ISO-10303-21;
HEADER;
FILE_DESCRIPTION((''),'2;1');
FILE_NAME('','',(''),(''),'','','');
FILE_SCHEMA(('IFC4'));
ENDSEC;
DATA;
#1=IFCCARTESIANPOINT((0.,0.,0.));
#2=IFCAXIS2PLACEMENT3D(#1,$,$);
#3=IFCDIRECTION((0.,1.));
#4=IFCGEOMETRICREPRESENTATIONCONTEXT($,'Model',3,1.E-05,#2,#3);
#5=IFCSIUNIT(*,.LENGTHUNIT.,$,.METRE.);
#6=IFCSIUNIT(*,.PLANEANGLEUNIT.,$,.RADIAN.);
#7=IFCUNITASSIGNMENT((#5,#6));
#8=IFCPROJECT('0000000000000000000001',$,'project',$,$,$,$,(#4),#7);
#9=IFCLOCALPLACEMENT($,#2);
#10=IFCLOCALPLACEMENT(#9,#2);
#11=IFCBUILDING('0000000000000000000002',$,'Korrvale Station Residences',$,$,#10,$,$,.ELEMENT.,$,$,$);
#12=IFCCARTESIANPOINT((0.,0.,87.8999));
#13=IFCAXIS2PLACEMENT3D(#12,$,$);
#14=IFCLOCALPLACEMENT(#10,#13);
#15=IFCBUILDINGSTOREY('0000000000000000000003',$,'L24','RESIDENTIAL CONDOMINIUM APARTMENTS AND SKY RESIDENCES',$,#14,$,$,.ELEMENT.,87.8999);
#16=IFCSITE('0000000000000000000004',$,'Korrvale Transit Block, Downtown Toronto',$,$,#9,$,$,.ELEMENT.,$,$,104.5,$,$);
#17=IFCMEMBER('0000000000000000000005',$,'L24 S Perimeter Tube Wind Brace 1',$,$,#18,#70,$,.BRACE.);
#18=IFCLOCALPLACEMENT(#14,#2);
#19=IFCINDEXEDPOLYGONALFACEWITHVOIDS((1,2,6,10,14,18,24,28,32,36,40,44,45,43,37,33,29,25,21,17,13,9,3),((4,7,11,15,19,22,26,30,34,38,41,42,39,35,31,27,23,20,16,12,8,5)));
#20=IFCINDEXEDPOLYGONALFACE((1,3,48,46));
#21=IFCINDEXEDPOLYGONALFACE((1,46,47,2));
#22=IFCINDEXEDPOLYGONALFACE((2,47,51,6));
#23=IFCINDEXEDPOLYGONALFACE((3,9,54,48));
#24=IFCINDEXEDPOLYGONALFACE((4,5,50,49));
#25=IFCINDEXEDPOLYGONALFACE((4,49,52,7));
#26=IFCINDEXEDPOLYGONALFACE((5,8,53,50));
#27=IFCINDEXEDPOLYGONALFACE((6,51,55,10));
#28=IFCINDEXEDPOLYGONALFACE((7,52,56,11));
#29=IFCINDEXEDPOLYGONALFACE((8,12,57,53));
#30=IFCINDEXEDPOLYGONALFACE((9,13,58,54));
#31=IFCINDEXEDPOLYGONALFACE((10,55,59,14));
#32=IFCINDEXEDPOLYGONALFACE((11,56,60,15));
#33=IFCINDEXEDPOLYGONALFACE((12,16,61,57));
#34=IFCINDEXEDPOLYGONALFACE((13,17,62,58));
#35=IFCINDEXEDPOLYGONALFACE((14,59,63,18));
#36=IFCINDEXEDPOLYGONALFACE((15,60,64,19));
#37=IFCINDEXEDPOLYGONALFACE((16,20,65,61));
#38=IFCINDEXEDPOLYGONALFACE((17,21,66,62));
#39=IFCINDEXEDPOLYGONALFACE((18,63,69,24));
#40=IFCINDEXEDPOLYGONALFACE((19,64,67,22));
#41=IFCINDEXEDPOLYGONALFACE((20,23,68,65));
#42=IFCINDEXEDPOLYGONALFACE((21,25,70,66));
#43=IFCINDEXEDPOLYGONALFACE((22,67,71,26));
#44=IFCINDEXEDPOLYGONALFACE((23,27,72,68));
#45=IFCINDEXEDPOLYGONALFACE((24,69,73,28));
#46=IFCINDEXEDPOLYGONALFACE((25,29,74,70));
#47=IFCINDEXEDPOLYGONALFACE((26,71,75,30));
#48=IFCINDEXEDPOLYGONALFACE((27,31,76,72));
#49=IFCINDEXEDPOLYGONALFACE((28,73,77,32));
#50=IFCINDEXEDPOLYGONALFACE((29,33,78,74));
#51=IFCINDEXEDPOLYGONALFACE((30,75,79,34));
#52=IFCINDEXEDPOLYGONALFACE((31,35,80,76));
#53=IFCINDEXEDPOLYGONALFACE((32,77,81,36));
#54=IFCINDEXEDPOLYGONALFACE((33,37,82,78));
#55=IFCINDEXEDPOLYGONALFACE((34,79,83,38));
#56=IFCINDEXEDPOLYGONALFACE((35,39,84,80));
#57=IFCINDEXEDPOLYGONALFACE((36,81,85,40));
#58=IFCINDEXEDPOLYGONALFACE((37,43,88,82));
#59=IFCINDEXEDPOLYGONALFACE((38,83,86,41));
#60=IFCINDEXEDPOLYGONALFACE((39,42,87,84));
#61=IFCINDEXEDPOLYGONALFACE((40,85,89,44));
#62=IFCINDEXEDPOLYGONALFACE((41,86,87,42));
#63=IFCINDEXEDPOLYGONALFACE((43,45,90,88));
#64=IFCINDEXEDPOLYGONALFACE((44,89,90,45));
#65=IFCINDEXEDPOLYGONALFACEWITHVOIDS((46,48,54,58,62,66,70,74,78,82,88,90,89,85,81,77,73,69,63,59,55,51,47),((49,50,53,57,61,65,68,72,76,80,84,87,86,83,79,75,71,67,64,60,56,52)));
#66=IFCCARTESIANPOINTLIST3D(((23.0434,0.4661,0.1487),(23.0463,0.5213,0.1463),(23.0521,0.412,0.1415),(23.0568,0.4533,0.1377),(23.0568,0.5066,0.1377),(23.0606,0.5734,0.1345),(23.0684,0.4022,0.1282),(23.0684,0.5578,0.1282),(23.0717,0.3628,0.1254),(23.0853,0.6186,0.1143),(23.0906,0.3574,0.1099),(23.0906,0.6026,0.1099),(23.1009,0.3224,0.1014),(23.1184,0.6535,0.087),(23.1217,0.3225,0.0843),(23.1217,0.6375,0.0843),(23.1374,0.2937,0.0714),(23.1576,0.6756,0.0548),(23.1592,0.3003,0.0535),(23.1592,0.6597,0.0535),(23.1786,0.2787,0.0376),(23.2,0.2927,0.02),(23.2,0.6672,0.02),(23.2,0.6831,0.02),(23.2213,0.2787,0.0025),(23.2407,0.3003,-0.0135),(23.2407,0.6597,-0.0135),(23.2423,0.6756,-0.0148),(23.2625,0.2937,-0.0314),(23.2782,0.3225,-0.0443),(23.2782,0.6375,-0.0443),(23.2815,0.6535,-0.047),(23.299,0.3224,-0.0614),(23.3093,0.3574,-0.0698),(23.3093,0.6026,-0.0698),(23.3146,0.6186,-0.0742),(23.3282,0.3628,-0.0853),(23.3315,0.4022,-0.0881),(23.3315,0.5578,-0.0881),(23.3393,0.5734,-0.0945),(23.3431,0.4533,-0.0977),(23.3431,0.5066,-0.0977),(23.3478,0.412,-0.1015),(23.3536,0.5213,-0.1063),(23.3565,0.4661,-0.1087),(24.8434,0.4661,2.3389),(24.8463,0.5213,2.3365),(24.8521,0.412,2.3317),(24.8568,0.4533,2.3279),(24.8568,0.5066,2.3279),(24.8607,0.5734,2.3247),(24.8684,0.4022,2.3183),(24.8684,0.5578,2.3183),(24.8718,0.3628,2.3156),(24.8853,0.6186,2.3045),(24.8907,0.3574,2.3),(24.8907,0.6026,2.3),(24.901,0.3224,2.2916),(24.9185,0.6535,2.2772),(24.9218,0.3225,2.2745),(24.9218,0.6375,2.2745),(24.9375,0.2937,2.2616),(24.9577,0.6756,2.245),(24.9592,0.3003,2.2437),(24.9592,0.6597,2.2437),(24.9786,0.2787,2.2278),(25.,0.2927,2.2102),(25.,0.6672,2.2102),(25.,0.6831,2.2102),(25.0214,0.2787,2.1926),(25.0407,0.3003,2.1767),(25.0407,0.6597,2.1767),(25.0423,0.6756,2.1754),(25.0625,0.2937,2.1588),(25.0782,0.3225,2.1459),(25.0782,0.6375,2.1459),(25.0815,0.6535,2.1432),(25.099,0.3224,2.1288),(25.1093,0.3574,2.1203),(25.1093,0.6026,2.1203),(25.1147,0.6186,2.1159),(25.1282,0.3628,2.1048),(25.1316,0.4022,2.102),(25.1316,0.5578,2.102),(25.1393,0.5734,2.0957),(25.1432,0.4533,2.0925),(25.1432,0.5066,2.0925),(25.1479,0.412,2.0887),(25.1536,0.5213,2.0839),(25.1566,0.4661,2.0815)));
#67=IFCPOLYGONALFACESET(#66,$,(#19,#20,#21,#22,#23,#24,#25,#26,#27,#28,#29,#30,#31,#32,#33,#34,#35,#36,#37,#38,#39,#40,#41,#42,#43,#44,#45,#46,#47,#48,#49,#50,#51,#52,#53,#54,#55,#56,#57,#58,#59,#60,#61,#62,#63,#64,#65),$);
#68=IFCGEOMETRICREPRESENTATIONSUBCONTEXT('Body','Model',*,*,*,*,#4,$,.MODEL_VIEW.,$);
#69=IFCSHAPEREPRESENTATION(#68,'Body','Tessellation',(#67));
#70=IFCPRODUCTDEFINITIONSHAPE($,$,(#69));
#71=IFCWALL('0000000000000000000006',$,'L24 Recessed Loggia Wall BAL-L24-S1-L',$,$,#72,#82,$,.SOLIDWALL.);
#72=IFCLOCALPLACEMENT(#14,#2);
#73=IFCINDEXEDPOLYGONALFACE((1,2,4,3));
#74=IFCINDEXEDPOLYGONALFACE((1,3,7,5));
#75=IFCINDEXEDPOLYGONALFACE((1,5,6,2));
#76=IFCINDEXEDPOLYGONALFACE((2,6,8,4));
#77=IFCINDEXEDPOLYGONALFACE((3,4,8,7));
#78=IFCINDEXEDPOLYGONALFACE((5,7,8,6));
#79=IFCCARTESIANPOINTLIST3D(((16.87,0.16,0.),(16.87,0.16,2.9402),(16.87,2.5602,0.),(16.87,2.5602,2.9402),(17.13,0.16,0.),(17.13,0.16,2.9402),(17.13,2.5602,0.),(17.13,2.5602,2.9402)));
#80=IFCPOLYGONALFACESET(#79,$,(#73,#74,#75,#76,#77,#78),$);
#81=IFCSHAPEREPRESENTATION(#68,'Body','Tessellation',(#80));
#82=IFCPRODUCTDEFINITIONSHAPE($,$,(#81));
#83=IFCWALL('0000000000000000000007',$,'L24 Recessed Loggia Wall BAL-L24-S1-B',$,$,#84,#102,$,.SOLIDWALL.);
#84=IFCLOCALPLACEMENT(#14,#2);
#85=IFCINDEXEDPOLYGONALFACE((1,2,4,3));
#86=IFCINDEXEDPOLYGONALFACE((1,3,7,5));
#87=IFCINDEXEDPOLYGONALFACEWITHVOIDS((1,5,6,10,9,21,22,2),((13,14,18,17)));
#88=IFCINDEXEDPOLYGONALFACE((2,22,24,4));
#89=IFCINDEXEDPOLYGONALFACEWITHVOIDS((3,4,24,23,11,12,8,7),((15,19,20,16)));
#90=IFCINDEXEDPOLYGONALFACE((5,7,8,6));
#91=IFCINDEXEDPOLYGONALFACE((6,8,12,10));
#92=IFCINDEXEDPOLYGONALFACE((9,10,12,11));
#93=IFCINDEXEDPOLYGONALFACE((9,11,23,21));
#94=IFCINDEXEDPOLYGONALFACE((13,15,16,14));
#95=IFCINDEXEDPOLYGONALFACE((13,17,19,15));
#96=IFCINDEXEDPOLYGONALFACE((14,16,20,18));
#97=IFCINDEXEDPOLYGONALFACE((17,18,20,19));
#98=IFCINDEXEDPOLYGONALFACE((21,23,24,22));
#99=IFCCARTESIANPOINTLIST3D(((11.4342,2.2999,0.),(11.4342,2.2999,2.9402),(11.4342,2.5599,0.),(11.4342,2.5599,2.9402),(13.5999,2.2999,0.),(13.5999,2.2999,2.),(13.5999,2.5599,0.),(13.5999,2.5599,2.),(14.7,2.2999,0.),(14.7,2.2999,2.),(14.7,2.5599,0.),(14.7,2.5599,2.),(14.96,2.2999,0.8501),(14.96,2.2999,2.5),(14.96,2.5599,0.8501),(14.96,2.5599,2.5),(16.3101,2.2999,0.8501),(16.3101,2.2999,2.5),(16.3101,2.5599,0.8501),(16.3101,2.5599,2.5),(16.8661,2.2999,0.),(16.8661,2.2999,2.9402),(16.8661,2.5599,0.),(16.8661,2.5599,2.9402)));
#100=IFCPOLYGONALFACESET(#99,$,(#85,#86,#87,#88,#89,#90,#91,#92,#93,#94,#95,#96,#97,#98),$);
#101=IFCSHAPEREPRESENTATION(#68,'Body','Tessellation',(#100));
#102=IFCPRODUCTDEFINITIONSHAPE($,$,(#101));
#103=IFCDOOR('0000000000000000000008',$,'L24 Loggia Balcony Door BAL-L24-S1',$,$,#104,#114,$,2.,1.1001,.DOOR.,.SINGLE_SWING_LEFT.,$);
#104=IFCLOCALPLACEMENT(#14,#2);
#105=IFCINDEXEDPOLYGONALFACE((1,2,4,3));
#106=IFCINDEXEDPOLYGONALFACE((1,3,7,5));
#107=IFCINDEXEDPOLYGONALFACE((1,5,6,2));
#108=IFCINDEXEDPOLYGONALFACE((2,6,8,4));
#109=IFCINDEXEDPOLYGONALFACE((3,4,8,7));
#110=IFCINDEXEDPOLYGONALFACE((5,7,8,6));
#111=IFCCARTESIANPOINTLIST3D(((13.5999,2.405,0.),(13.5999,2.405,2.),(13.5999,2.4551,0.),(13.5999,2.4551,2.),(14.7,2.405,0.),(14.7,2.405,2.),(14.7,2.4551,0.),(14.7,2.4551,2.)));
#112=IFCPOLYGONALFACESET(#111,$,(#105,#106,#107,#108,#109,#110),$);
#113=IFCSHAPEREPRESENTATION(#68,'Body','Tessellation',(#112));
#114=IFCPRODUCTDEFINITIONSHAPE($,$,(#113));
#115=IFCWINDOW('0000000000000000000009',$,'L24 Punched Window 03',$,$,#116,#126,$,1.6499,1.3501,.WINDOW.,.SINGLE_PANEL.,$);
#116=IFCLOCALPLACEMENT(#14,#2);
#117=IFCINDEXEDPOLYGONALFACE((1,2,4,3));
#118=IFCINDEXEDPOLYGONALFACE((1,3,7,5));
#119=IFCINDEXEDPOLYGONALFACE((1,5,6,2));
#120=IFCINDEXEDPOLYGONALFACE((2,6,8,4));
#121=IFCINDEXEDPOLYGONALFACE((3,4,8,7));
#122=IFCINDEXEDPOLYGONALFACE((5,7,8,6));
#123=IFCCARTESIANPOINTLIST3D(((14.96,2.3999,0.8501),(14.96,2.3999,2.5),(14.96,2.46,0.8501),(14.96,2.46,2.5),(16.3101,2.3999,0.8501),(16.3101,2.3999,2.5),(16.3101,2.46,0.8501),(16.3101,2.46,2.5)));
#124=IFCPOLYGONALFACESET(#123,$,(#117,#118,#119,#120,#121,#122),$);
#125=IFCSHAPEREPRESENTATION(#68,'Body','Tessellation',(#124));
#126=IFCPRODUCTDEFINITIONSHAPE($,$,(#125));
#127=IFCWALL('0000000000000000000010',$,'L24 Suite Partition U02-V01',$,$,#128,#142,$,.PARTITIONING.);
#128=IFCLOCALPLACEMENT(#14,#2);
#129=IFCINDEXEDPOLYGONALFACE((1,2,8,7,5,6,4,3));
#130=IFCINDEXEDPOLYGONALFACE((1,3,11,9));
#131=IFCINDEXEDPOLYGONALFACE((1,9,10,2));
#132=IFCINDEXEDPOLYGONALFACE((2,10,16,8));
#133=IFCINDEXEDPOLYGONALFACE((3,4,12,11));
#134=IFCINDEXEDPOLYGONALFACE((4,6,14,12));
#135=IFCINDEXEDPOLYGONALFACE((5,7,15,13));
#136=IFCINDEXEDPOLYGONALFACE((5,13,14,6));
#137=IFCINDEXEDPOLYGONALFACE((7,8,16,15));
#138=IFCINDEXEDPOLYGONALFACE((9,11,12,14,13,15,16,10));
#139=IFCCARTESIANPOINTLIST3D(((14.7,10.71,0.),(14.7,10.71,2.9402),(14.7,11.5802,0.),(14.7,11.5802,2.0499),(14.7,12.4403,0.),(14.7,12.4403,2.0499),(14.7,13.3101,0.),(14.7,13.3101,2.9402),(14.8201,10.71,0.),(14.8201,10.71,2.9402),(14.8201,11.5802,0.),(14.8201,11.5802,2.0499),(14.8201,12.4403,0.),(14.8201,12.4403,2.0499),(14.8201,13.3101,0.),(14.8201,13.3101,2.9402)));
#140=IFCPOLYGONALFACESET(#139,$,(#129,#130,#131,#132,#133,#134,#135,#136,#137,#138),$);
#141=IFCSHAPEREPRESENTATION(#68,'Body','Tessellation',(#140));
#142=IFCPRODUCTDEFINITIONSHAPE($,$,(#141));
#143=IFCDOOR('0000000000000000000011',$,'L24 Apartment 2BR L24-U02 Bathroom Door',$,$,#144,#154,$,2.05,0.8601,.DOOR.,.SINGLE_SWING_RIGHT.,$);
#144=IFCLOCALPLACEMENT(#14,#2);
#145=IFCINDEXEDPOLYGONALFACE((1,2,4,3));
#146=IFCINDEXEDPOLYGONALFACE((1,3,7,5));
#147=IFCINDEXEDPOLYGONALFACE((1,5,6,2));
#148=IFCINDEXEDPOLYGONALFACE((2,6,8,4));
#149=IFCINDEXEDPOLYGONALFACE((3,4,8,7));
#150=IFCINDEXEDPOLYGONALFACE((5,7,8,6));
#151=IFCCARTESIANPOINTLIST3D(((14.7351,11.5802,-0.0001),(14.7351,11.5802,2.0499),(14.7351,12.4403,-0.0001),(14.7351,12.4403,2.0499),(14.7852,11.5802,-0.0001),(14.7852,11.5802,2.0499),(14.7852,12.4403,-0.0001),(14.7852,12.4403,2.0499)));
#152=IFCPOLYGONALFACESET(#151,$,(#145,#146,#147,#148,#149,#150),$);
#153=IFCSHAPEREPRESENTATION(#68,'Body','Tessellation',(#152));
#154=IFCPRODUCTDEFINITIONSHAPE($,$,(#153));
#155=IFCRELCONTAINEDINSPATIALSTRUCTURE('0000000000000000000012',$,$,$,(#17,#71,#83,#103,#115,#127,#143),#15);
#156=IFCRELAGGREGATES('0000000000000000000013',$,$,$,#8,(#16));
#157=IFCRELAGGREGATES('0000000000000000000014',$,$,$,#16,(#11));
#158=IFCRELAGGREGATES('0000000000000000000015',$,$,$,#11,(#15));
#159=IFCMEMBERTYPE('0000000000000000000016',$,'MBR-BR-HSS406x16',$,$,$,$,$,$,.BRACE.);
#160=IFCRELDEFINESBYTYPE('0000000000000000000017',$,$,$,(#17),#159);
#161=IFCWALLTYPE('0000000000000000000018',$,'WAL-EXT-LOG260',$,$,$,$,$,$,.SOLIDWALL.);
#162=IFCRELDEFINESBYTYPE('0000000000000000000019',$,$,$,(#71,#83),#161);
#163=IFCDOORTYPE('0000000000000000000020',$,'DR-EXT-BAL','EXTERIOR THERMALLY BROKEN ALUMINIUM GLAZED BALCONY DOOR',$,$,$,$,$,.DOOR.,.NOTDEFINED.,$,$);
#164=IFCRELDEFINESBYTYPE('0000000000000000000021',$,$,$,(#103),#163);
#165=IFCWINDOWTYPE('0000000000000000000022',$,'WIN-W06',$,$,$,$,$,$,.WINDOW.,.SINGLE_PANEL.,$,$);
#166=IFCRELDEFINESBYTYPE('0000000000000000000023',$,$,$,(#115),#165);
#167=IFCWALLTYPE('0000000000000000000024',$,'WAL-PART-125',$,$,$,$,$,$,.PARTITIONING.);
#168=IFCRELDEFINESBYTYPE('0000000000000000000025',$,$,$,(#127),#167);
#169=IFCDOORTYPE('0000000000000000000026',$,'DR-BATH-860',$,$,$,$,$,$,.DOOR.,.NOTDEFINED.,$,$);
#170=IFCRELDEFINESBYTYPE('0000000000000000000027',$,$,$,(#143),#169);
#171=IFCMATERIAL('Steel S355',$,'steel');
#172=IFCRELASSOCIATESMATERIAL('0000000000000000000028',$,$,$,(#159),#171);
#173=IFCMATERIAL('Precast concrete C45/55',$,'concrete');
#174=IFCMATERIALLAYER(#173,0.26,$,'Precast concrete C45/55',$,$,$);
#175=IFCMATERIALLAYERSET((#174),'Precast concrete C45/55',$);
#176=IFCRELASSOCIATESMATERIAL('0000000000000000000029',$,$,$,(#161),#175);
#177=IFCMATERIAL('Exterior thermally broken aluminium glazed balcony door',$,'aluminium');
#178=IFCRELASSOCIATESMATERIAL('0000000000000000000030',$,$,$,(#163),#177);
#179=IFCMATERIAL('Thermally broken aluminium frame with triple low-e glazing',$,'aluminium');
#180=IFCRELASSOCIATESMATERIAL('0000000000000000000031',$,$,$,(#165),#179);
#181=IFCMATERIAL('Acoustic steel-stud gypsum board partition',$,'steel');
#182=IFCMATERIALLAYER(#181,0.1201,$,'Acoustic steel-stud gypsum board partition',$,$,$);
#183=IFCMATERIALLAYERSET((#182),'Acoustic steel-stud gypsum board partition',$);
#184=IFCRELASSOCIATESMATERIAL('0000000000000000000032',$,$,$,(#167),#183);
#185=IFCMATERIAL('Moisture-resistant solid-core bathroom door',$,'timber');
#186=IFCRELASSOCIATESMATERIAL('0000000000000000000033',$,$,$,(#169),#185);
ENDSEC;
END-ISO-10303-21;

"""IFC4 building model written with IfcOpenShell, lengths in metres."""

from ifc_helpers import new_model, si_unit, direction, frame, frame_2d, origin, origin_2d, place, context, subcontext, project, spatial, rectangle, hollow_circle, extrude, material, layer, layer_set, material_profile, profile_set, type_object, element, fill, save


model = new_model("IFC4")

# Units and contexts
model_context = context("Model", 3, precision=1e-05, world=origin(), true_north=direction((0.0, 1.0)))
body_context = subcontext(model_context, "Body", "Model", "MODEL_VIEW")
ifc_project = project(units=[si_unit("LENGTHUNIT", "METRE"), si_unit("PLANEANGLEUNIT", "RADIAN")], contexts=[model_context])

# Site, building, storey
site_placement = place(None, origin())
site = spatial("IfcSite", under=ifc_project, at=site_placement, Name="Korrvale Transit Block, Downtown Toronto", CompositionType="ELEMENT", RefElevation=104.5)
building_placement = place(site_placement, origin())
building = spatial("IfcBuilding", under=site, at=building_placement, Name="Korrvale Station Residences", CompositionType="ELEMENT")
storey_placement = place(building_placement, frame((0.0, 0.0, 87.8999)))
storey = spatial("IfcBuildingStorey", under=building, at=storey_placement, Name="L24", Description="RESIDENTIAL CONDOMINIUM APARTMENTS AND SKY RESIDENCES", CompositionType="ELEMENT", Elevation=87.8999)

# Shared definitions
ifc_material_1 = material(Name="Steel S355", Category="steel")

# Member
ifc_material_profile_1 = material_profile(ifc_material_1, hollow_circle(Radius=0.2031, WallThickness=0.0159, at=origin_2d()), Name="HSS406x16")
ifc_profile_set_1 = profile_set([ifc_material_profile_1], Name="Steel S355")
member_type = type_object("IfcMemberType", Name="MBR-BR-HSS406x16", PredefinedType="BRACE", material=ifc_profile_set_1)
member_placement = place(storey_placement, frame((23.2, 0.48, 0.02), z_axis=(0.634943, 0.0, 0.772559), x_axis=(0.0, 1.0, 0.0)))
element("IfcMember", 1, at=member_placement, inside=storey, type_object=member_type, Name="L24 S Perimeter Tube Wind Brace 1", PredefinedType="BRACE", context=body_context, shape_type="SweptSolid", body=[
    extrude(hollow_circle(Radius=0.2031, WallThickness=0.0159, at=origin_2d()), origin(), (0.0, 0.0, 1.0), 2.835),
])

# Wall
ifc_material_2 = material(Name="Precast concrete C45/55", Category="concrete")
ifc_layer_1 = layer(ifc_material_2, 0.26, Name="Precast concrete C45/55")
ifc_layer_set_1 = layer_set([ifc_layer_1], Name="Precast concrete C45/55")
wall_type_1 = type_object("IfcWallType", Name="WAL-EXT-LOG260", PredefinedType="SOLIDWALL", material=ifc_layer_set_1)
wall_1_placement = place(storey_placement, frame((17.0, 0.1599, 0.0), z_axis=(0.0, 0.0, 1.0), x_axis=(0.0, 1.0, 0.0)))
element("IfcWall", 2, at=wall_1_placement, inside=storey, type_object=wall_type_1, Name="L24 Recessed Loggia Wall BAL-L24-S1-L", PredefinedType="SOLIDWALL", context=body_context, shape_type="SweptSolid", body=[
    extrude(rectangle(XDim=2.4001, YDim=0.26, at=frame_2d((1.2002, 0.0))), origin(), (0.0, 0.0, 1.0), 2.9402),
])

# Wall, openings, door, window
wall_2_placement = place(storey_placement, frame((16.866, 2.4299, 0.0), z_axis=(0.0, 0.0, 1.0), x_axis=(-1.0, 0.0, 0.0)))
wall_2 = element("IfcWall", 3, at=wall_2_placement, inside=storey, type_object=wall_type_1, Name="L24 Recessed Loggia Wall BAL-L24-S1-B", PredefinedType="SOLIDWALL", context=body_context, shape_type="SweptSolid", body=[
    extrude(rectangle(XDim=5.4319, YDim=0.26, at=frame_2d((2.7158, 0.0))), origin(), (0.0, 0.0, 1.0), 2.9402),
])
opening_1_placement = place(wall_2_placement, frame((2.166, 0.0, 0.0)))
opening_1 = element("IfcOpeningElement", 4, at=opening_1_placement, cuts=wall_2, PredefinedType="OPENING", context=body_context, shape_type="SweptSolid", body=[
    extrude(rectangle(XDim=1.1001, YDim=2.0, at=frame_2d((0.55, 1.0))), frame((0.0, 0.1401, 0.0), z_axis=(0.0, -1.0, 0.0), x_axis=(1.0, 0.0, 0.0)), (0.0, 0.0, 1.0), 0.28),
])
opening_2_placement = place(wall_2_placement, frame((0.5559, 0.0, 0.8501)))
opening_2 = element("IfcOpeningElement", 5, at=opening_2_placement, cuts=wall_2, PredefinedType="OPENING", context=body_context, shape_type="SweptSolid", body=[
    extrude(rectangle(XDim=1.3501, YDim=1.6499, at=frame_2d((0.675, 0.825))), frame((0.0, 0.1401, 0.0), z_axis=(0.0, -1.0, 0.0), x_axis=(1.0, 0.0, 0.0)), (0.0, 0.0, 1.0), 0.28),
])
ifc_material_3 = material(Name="Exterior thermally broken aluminium glazed balcony door", Category="aluminium")
door_type_1 = type_object("IfcDoorType", Name="DR-EXT-BAL", Description="EXTERIOR THERMALLY BROKEN ALUMINIUM GLAZED BALCONY DOOR", OperationType="NOTDEFINED", PredefinedType="DOOR", material=ifc_material_3)
door_1_placement = place(opening_1_placement, origin())
door_1 = element("IfcDoor", 6, at=door_1_placement, inside=storey, type_object=door_type_1, Name="L24 Loggia Balcony Door BAL-L24-S1", OperationType="SINGLE_SWING_LEFT", OverallHeight=2.0, OverallWidth=1.1001, PredefinedType="DOOR", context=body_context, shape_type="SweptSolid", body=[
    extrude(rectangle(XDim=1.1001, YDim=2.0, at=frame_2d((0.55, 1.0))), frame((0.0, 0.0249, 0.0), z_axis=(0.0, -1.0, 0.0), x_axis=(1.0, 0.0, 0.0)), (0.0, 0.0, 1.0), 0.05),
])
fill(opening_1, door_1)
ifc_material_4 = material(Name="Thermally broken aluminium frame with triple low-e glazing", Category="aluminium")
window_type = type_object("IfcWindowType", Name="WIN-W06", PartitioningType="SINGLE_PANEL", PredefinedType="WINDOW", material=ifc_material_4)
window_placement = place(opening_2_placement, origin())
window = element("IfcWindow", 7, at=window_placement, inside=storey, type_object=window_type, Name="L24 Punched Window 03", OverallHeight=1.6499, OverallWidth=1.3501, PartitioningType="SINGLE_PANEL", PredefinedType="WINDOW", context=body_context, shape_type="SweptSolid", body=[
    extrude(rectangle(XDim=1.3501, YDim=1.6499, at=frame_2d((0.675, 0.825))), frame((0.0, 0.03, 0.0), z_axis=(0.0, -1.0, 0.0), x_axis=(1.0, 0.0, 0.0)), (0.0, 0.0, 1.0), 0.0601),
])
fill(opening_2, window)

# Wall, opening, door
ifc_material_5 = material(Name="Acoustic steel-stud gypsum board partition", Category="steel")
ifc_layer_2 = layer(ifc_material_5, 0.1201, Name="Acoustic steel-stud gypsum board partition")
ifc_layer_set_2 = layer_set([ifc_layer_2], Name="Acoustic steel-stud gypsum board partition")
wall_type_2 = type_object("IfcWallType", Name="WAL-PART-125", PredefinedType="PARTITIONING", material=ifc_layer_set_2)
wall_3_placement = place(storey_placement, frame((14.76, 10.71, 0.0), z_axis=(0.0, 0.0, 1.0), x_axis=(0.0, 1.0, 0.0)))
wall_3 = element("IfcWall", 8, at=wall_3_placement, inside=storey, type_object=wall_type_2, Name="L24 Suite Partition U02-V01", PredefinedType="PARTITIONING", context=body_context, shape_type="SweptSolid", body=[
    extrude(rectangle(XDim=2.6001, YDim=0.1201, at=frame_2d((1.3, 0.0))), origin(), (0.0, 0.0, 1.0), 2.9402),
])
opening_3_placement = place(wall_3_placement, frame((0.8701, 0.0, 0.0)))
opening_3 = element("IfcOpeningElement", 9, at=opening_3_placement, cuts=wall_3, PredefinedType="OPENING", context=body_context, shape_type="SweptSolid", body=[
    extrude(rectangle(XDim=0.8601, YDim=2.05, at=frame_2d((0.4302, 1.0249))), frame((0.0, 0.0701, 0.0), z_axis=(0.0, -1.0, 0.0), x_axis=(1.0, 0.0, 0.0)), (0.0, 0.0, 1.0), 0.1401),
])
ifc_material_6 = material(Name="Moisture-resistant solid-core bathroom door", Category="timber")
door_type_2 = type_object("IfcDoorType", Name="DR-BATH-860", OperationType="NOTDEFINED", PredefinedType="DOOR", material=ifc_material_6)
door_2_placement = place(opening_3_placement, origin())
door_2 = element("IfcDoor", 10, at=door_2_placement, inside=storey, type_object=door_type_2, Name="L24 Apartment 2BR L24-U02 Bathroom Door", OperationType="SINGLE_SWING_RIGHT", OverallHeight=2.05, OverallWidth=0.8601, PredefinedType="DOOR", context=body_context, shape_type="SweptSolid", body=[
    extrude(rectangle(XDim=0.8601, YDim=2.05, at=frame_2d((0.4302, 1.0249))), frame((0.0, 0.0249, 0.0), z_axis=(0.0, -1.0, 0.0), x_axis=(1.0, 0.0, 0.0)), (0.0, 0.0, 1.0), 0.05),
])
fill(opening_3, door_2)

save(model, "model.ifc")
